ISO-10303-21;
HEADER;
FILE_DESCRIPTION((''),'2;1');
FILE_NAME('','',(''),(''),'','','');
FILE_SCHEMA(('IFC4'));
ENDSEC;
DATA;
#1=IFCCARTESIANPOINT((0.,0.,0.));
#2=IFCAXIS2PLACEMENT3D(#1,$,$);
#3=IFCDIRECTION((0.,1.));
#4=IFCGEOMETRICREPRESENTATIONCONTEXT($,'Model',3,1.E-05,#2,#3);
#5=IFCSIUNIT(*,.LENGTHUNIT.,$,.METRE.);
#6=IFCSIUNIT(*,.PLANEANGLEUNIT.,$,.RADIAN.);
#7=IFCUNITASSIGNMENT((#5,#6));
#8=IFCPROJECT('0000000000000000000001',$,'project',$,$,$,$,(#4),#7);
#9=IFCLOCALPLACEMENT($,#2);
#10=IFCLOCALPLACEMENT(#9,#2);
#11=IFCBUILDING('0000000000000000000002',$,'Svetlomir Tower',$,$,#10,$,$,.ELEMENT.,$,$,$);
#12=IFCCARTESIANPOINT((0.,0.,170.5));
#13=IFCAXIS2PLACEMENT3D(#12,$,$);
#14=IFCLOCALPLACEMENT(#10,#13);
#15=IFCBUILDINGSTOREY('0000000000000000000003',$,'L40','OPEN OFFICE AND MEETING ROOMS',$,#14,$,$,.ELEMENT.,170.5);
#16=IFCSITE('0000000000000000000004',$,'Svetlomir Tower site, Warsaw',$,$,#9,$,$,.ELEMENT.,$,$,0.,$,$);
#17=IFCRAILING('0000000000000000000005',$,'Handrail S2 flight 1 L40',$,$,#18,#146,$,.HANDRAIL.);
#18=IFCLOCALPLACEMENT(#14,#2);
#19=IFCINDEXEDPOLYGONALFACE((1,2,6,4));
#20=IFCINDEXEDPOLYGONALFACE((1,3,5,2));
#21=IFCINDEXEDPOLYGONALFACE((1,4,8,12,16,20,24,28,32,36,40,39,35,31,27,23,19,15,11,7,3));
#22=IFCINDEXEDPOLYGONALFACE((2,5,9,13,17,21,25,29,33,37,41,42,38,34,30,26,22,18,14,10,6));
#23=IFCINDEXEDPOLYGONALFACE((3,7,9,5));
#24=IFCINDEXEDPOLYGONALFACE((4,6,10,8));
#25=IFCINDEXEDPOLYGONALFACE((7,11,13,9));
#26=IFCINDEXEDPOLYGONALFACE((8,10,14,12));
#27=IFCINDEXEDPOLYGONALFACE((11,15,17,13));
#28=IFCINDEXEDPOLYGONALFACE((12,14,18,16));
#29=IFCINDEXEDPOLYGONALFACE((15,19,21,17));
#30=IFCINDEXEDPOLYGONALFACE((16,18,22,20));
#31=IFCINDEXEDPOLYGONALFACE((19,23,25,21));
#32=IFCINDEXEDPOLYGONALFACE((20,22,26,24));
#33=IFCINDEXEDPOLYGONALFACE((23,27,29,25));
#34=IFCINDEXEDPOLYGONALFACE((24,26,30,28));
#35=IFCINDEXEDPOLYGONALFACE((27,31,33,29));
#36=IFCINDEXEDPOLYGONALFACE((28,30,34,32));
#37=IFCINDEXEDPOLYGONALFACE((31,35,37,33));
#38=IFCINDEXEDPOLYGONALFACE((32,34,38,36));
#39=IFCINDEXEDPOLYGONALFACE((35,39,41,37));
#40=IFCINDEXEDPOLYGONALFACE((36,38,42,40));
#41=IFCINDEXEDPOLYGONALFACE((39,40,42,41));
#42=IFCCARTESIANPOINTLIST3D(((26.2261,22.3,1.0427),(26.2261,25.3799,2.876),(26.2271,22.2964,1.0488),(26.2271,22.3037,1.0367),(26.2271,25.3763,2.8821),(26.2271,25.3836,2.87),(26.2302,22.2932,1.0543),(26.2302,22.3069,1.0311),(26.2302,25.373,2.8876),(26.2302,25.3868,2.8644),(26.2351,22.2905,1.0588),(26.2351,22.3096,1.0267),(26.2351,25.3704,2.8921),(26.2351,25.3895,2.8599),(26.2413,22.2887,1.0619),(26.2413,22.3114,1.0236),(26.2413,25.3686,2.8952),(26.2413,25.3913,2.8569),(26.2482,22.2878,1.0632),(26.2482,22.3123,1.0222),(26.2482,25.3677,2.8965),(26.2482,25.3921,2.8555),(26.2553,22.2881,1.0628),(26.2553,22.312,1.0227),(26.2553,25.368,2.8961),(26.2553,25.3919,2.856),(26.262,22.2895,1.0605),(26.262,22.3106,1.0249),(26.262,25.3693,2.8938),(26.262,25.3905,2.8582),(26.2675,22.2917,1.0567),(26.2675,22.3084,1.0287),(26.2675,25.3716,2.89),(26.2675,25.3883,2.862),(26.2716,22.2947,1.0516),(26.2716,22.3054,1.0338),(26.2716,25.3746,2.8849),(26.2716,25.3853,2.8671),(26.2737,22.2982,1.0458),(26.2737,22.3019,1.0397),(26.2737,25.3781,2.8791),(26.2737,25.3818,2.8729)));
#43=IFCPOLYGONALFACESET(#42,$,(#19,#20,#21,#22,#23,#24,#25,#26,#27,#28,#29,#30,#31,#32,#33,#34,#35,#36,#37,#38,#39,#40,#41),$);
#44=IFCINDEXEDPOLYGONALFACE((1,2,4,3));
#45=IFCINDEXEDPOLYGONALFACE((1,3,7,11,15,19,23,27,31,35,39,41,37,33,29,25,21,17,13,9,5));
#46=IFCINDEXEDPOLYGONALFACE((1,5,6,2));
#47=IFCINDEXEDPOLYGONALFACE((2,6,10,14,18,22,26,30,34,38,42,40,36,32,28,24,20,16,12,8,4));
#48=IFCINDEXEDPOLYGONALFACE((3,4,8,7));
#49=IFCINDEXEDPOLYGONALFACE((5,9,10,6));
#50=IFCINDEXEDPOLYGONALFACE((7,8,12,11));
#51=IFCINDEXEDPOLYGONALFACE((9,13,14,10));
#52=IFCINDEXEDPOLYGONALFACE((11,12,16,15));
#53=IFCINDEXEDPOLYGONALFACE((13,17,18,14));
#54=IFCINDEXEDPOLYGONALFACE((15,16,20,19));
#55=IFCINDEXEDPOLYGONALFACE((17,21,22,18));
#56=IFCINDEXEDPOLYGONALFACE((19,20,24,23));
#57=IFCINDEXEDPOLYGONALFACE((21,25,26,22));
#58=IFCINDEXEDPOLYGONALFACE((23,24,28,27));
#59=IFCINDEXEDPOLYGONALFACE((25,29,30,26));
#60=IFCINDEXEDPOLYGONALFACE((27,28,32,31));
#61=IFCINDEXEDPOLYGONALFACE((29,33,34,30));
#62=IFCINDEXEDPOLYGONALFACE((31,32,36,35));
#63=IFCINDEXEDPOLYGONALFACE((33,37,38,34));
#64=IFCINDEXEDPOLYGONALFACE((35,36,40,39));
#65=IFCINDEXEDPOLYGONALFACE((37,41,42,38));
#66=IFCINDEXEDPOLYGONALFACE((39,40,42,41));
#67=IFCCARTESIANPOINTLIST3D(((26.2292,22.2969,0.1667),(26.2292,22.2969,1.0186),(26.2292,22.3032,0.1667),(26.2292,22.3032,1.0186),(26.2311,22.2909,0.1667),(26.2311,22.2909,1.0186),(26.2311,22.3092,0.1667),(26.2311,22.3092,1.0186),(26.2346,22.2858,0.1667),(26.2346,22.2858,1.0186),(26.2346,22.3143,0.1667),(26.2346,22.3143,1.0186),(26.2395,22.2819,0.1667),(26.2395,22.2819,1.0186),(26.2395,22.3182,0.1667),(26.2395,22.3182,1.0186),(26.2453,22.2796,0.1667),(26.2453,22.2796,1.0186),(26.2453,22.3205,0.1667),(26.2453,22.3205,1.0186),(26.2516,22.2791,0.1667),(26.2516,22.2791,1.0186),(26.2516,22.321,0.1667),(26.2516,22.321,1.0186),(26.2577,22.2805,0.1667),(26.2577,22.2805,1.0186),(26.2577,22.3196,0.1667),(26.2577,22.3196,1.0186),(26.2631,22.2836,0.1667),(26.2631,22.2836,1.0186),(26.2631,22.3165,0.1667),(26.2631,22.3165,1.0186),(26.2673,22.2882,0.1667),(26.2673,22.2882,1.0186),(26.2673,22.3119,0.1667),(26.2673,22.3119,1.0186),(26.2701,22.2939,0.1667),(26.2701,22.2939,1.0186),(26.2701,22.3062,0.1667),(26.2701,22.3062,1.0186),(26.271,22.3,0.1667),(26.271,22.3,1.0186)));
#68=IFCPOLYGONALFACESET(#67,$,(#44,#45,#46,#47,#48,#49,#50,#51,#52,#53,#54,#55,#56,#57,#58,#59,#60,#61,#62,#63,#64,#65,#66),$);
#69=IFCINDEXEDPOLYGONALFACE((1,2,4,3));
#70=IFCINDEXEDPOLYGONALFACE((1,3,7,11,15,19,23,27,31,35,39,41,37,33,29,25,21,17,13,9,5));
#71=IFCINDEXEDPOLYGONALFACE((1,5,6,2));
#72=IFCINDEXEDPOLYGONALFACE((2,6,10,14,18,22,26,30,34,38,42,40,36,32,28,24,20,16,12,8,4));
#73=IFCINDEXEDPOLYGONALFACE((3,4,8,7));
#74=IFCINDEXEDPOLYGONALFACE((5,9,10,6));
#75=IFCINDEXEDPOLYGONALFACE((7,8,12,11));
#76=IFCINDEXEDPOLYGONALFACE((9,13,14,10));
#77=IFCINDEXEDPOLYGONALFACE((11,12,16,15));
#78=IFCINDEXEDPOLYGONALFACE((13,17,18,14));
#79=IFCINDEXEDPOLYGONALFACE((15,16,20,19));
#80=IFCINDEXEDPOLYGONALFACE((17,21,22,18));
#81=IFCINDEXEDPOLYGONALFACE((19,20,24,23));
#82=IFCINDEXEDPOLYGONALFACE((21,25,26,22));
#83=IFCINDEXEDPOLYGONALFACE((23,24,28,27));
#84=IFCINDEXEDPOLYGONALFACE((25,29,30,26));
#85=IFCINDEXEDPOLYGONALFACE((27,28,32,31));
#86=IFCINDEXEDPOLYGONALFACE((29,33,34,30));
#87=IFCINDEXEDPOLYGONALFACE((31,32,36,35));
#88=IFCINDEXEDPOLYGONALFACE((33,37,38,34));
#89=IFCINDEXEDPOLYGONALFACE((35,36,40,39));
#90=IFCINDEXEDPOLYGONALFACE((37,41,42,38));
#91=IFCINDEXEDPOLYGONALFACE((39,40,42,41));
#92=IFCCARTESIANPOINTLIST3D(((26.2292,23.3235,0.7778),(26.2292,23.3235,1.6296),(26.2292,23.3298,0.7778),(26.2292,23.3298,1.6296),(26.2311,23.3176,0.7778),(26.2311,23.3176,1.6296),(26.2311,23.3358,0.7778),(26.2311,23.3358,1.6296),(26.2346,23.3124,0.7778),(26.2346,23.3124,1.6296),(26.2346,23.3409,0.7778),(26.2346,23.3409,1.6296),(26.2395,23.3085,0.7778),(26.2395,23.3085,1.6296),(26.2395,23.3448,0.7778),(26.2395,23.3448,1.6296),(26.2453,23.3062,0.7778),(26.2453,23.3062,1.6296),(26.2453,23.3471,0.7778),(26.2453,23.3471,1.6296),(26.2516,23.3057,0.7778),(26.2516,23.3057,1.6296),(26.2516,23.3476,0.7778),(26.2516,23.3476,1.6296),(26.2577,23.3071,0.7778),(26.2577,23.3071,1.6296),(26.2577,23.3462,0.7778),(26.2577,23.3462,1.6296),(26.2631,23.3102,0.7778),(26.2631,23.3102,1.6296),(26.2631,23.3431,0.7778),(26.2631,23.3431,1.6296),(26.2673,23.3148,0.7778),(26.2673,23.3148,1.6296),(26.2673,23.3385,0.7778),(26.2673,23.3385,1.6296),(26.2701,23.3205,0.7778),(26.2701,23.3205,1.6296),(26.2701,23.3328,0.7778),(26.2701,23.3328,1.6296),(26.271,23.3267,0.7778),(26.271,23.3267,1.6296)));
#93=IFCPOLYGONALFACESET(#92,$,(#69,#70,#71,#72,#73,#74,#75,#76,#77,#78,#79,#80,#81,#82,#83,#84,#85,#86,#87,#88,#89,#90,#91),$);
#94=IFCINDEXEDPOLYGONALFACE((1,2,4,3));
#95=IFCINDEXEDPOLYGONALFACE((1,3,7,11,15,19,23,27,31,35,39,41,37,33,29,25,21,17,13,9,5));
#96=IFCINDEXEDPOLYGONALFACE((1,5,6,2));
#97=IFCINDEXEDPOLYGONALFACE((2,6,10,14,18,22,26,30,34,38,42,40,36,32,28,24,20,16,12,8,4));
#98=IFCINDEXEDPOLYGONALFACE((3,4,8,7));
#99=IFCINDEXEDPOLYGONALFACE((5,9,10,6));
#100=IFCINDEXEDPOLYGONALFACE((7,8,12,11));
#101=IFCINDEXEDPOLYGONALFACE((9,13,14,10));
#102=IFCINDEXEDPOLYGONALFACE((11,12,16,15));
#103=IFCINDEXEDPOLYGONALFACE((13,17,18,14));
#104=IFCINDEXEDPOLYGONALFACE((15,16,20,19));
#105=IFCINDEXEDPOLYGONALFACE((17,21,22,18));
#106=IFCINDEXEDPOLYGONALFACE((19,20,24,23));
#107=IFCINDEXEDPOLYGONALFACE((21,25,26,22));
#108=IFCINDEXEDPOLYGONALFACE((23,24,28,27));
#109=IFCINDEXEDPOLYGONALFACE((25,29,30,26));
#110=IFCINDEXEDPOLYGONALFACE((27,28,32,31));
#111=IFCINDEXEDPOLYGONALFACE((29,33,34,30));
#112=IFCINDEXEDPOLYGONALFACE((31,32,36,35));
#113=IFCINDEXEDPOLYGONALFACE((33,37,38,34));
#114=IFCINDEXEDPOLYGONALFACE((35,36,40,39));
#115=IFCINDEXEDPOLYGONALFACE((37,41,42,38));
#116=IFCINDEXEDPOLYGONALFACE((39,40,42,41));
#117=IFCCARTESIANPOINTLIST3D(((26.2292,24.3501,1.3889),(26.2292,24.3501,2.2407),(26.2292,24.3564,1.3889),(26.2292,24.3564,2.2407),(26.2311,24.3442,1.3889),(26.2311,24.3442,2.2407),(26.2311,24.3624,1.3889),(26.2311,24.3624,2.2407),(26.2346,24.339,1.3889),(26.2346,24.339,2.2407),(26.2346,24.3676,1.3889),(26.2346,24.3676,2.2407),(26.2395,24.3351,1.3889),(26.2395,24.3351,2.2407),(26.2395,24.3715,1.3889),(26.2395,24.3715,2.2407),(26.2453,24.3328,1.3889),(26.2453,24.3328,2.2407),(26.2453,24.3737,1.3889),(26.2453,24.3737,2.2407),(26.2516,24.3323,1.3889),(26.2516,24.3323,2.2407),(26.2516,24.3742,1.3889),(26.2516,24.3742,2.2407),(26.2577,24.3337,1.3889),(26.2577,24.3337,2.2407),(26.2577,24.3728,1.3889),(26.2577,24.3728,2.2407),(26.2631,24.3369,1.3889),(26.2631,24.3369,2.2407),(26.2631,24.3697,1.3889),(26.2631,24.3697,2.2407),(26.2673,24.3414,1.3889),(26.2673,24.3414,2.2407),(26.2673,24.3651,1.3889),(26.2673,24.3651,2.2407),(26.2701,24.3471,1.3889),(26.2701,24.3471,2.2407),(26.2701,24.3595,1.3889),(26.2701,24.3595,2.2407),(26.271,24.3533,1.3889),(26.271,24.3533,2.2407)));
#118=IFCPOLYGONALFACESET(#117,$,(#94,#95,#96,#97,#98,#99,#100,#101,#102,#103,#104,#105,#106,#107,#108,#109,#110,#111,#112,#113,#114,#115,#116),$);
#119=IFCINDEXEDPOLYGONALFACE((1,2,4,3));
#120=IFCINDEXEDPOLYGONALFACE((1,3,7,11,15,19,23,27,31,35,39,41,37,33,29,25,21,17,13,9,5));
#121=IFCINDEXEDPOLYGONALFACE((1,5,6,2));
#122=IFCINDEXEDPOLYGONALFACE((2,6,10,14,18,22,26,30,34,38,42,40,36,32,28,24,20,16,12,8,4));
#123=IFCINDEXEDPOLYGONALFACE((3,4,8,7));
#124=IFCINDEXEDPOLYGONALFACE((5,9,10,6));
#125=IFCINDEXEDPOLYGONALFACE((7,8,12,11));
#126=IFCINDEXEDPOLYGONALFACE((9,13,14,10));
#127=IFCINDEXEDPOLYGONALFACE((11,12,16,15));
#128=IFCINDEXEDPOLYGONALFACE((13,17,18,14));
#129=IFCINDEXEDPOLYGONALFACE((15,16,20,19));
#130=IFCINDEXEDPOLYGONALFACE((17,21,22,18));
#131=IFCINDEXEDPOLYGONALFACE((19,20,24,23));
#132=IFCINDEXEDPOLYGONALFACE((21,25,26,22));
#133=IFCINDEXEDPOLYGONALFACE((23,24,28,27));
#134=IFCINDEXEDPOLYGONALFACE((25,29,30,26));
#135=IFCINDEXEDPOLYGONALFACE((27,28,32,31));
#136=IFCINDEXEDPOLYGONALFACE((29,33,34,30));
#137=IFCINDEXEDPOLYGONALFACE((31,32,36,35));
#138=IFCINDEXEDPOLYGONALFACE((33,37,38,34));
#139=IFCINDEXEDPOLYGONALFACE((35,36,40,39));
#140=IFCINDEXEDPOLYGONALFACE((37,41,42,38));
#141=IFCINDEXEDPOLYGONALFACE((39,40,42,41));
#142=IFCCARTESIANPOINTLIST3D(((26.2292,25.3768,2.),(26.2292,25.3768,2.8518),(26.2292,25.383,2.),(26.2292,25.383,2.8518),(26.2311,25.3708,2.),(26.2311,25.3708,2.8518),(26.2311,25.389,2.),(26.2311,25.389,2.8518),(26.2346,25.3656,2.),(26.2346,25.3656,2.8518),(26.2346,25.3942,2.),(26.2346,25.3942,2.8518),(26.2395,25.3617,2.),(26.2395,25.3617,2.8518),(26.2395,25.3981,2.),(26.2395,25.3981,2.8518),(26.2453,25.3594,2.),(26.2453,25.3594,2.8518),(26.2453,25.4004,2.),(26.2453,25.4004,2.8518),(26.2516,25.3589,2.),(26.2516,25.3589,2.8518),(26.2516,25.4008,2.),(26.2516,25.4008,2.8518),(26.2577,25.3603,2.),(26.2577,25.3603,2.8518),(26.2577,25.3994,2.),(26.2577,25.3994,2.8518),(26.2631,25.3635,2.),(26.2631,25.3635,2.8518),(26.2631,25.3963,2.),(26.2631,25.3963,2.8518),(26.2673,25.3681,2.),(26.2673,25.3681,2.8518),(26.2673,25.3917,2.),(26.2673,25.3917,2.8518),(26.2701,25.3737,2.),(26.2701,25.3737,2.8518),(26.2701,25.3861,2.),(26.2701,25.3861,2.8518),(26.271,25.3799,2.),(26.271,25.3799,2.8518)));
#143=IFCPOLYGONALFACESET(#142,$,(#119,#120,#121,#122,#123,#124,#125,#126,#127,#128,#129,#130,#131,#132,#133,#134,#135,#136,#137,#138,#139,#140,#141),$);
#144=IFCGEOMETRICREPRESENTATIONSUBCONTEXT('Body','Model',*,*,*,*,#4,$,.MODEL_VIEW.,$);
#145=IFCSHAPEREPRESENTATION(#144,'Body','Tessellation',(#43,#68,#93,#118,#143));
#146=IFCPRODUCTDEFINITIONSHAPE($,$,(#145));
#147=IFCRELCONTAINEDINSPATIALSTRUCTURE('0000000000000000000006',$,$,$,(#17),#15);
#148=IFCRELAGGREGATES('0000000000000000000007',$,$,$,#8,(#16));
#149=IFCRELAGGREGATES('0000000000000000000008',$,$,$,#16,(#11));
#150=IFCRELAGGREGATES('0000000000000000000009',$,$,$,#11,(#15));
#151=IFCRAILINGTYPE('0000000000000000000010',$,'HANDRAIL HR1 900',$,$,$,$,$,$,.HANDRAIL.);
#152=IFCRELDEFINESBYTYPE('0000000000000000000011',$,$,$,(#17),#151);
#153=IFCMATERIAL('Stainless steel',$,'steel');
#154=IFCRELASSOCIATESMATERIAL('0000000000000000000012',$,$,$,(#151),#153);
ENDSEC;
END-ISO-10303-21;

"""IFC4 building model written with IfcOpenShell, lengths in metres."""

from ifc_helpers import new_model, si_unit, direction, frame, origin, origin_2d, place, context, subcontext, project, spatial, circle, extrude, material, type_object, element, save


model = new_model("IFC4")

# Units and contexts
model_context = context("Model", 3, precision=1e-05, world=origin(), true_north=direction((0.0, 1.0)))
body_context = subcontext(model_context, "Body", "Model", "MODEL_VIEW")
ifc_project = project(units=[si_unit("LENGTHUNIT", "METRE"), si_unit("PLANEANGLEUNIT", "RADIAN")], contexts=[model_context])

# Site, building, storey
site_placement = place(None, origin())
site = spatial("IfcSite", under=ifc_project, at=site_placement, Name="Svetlomir Tower site, Warsaw", CompositionType="ELEMENT", RefElevation=0.0)
building_placement = place(site_placement, origin())
building = spatial("IfcBuilding", under=site, at=building_placement, Name="Svetlomir Tower", CompositionType="ELEMENT")
storey_placement = place(building_placement, frame((0.0, 0.0, 170.5)))
storey = spatial("IfcBuildingStorey", under=building, at=storey_placement, Name="L40", Description="OPEN OFFICE AND MEETING ROOMS", CompositionType="ELEMENT", Elevation=170.5)

# Railing
ifc_material_1 = material(Name="Stainless steel", Category="steel")
railing_type = type_object("IfcRailingType", Name="HANDRAIL HR1 900", PredefinedType="HANDRAIL", material=ifc_material_1)
railing_1_placement = place(storey_placement, frame((26.25, 22.3, 0.1667)))
element("IfcRailing", 1, at=railing_1_placement, inside=storey, type_object=railing_type, Name="Handrail S2 flight 1 L40", PredefinedType="HANDRAIL", context=body_context, shape_type="SweptSolid", body=[
    extrude(circle(Radius=0.0239, at=origin_2d()), frame((0.0, 0.0, 0.876), z_axis=(0.0, 0.859291, 0.511487), x_axis=(-1.0, 0.0, 0.0)), (0.0, 0.0, 1.0), 3.5842),
    extrude(circle(Radius=0.021, at=origin_2d()), origin(), (0.0, 0.0, 1.0), 0.8518),
    extrude(circle(Radius=0.021, at=origin_2d()), frame((0.0, 1.0266, 0.6111)), (0.0, 0.0, 1.0), 0.8518),
    extrude(circle(Radius=0.021, at=origin_2d()), frame((0.0, 2.0532, 1.2222)), (0.0, 0.0, 1.0), 0.8518),
    extrude(circle(Radius=0.021, at=origin_2d()), frame((0.0, 3.0798, 1.8333)), (0.0, 0.0, 1.0), 0.8518),
])

save(model, "model.ifc")
